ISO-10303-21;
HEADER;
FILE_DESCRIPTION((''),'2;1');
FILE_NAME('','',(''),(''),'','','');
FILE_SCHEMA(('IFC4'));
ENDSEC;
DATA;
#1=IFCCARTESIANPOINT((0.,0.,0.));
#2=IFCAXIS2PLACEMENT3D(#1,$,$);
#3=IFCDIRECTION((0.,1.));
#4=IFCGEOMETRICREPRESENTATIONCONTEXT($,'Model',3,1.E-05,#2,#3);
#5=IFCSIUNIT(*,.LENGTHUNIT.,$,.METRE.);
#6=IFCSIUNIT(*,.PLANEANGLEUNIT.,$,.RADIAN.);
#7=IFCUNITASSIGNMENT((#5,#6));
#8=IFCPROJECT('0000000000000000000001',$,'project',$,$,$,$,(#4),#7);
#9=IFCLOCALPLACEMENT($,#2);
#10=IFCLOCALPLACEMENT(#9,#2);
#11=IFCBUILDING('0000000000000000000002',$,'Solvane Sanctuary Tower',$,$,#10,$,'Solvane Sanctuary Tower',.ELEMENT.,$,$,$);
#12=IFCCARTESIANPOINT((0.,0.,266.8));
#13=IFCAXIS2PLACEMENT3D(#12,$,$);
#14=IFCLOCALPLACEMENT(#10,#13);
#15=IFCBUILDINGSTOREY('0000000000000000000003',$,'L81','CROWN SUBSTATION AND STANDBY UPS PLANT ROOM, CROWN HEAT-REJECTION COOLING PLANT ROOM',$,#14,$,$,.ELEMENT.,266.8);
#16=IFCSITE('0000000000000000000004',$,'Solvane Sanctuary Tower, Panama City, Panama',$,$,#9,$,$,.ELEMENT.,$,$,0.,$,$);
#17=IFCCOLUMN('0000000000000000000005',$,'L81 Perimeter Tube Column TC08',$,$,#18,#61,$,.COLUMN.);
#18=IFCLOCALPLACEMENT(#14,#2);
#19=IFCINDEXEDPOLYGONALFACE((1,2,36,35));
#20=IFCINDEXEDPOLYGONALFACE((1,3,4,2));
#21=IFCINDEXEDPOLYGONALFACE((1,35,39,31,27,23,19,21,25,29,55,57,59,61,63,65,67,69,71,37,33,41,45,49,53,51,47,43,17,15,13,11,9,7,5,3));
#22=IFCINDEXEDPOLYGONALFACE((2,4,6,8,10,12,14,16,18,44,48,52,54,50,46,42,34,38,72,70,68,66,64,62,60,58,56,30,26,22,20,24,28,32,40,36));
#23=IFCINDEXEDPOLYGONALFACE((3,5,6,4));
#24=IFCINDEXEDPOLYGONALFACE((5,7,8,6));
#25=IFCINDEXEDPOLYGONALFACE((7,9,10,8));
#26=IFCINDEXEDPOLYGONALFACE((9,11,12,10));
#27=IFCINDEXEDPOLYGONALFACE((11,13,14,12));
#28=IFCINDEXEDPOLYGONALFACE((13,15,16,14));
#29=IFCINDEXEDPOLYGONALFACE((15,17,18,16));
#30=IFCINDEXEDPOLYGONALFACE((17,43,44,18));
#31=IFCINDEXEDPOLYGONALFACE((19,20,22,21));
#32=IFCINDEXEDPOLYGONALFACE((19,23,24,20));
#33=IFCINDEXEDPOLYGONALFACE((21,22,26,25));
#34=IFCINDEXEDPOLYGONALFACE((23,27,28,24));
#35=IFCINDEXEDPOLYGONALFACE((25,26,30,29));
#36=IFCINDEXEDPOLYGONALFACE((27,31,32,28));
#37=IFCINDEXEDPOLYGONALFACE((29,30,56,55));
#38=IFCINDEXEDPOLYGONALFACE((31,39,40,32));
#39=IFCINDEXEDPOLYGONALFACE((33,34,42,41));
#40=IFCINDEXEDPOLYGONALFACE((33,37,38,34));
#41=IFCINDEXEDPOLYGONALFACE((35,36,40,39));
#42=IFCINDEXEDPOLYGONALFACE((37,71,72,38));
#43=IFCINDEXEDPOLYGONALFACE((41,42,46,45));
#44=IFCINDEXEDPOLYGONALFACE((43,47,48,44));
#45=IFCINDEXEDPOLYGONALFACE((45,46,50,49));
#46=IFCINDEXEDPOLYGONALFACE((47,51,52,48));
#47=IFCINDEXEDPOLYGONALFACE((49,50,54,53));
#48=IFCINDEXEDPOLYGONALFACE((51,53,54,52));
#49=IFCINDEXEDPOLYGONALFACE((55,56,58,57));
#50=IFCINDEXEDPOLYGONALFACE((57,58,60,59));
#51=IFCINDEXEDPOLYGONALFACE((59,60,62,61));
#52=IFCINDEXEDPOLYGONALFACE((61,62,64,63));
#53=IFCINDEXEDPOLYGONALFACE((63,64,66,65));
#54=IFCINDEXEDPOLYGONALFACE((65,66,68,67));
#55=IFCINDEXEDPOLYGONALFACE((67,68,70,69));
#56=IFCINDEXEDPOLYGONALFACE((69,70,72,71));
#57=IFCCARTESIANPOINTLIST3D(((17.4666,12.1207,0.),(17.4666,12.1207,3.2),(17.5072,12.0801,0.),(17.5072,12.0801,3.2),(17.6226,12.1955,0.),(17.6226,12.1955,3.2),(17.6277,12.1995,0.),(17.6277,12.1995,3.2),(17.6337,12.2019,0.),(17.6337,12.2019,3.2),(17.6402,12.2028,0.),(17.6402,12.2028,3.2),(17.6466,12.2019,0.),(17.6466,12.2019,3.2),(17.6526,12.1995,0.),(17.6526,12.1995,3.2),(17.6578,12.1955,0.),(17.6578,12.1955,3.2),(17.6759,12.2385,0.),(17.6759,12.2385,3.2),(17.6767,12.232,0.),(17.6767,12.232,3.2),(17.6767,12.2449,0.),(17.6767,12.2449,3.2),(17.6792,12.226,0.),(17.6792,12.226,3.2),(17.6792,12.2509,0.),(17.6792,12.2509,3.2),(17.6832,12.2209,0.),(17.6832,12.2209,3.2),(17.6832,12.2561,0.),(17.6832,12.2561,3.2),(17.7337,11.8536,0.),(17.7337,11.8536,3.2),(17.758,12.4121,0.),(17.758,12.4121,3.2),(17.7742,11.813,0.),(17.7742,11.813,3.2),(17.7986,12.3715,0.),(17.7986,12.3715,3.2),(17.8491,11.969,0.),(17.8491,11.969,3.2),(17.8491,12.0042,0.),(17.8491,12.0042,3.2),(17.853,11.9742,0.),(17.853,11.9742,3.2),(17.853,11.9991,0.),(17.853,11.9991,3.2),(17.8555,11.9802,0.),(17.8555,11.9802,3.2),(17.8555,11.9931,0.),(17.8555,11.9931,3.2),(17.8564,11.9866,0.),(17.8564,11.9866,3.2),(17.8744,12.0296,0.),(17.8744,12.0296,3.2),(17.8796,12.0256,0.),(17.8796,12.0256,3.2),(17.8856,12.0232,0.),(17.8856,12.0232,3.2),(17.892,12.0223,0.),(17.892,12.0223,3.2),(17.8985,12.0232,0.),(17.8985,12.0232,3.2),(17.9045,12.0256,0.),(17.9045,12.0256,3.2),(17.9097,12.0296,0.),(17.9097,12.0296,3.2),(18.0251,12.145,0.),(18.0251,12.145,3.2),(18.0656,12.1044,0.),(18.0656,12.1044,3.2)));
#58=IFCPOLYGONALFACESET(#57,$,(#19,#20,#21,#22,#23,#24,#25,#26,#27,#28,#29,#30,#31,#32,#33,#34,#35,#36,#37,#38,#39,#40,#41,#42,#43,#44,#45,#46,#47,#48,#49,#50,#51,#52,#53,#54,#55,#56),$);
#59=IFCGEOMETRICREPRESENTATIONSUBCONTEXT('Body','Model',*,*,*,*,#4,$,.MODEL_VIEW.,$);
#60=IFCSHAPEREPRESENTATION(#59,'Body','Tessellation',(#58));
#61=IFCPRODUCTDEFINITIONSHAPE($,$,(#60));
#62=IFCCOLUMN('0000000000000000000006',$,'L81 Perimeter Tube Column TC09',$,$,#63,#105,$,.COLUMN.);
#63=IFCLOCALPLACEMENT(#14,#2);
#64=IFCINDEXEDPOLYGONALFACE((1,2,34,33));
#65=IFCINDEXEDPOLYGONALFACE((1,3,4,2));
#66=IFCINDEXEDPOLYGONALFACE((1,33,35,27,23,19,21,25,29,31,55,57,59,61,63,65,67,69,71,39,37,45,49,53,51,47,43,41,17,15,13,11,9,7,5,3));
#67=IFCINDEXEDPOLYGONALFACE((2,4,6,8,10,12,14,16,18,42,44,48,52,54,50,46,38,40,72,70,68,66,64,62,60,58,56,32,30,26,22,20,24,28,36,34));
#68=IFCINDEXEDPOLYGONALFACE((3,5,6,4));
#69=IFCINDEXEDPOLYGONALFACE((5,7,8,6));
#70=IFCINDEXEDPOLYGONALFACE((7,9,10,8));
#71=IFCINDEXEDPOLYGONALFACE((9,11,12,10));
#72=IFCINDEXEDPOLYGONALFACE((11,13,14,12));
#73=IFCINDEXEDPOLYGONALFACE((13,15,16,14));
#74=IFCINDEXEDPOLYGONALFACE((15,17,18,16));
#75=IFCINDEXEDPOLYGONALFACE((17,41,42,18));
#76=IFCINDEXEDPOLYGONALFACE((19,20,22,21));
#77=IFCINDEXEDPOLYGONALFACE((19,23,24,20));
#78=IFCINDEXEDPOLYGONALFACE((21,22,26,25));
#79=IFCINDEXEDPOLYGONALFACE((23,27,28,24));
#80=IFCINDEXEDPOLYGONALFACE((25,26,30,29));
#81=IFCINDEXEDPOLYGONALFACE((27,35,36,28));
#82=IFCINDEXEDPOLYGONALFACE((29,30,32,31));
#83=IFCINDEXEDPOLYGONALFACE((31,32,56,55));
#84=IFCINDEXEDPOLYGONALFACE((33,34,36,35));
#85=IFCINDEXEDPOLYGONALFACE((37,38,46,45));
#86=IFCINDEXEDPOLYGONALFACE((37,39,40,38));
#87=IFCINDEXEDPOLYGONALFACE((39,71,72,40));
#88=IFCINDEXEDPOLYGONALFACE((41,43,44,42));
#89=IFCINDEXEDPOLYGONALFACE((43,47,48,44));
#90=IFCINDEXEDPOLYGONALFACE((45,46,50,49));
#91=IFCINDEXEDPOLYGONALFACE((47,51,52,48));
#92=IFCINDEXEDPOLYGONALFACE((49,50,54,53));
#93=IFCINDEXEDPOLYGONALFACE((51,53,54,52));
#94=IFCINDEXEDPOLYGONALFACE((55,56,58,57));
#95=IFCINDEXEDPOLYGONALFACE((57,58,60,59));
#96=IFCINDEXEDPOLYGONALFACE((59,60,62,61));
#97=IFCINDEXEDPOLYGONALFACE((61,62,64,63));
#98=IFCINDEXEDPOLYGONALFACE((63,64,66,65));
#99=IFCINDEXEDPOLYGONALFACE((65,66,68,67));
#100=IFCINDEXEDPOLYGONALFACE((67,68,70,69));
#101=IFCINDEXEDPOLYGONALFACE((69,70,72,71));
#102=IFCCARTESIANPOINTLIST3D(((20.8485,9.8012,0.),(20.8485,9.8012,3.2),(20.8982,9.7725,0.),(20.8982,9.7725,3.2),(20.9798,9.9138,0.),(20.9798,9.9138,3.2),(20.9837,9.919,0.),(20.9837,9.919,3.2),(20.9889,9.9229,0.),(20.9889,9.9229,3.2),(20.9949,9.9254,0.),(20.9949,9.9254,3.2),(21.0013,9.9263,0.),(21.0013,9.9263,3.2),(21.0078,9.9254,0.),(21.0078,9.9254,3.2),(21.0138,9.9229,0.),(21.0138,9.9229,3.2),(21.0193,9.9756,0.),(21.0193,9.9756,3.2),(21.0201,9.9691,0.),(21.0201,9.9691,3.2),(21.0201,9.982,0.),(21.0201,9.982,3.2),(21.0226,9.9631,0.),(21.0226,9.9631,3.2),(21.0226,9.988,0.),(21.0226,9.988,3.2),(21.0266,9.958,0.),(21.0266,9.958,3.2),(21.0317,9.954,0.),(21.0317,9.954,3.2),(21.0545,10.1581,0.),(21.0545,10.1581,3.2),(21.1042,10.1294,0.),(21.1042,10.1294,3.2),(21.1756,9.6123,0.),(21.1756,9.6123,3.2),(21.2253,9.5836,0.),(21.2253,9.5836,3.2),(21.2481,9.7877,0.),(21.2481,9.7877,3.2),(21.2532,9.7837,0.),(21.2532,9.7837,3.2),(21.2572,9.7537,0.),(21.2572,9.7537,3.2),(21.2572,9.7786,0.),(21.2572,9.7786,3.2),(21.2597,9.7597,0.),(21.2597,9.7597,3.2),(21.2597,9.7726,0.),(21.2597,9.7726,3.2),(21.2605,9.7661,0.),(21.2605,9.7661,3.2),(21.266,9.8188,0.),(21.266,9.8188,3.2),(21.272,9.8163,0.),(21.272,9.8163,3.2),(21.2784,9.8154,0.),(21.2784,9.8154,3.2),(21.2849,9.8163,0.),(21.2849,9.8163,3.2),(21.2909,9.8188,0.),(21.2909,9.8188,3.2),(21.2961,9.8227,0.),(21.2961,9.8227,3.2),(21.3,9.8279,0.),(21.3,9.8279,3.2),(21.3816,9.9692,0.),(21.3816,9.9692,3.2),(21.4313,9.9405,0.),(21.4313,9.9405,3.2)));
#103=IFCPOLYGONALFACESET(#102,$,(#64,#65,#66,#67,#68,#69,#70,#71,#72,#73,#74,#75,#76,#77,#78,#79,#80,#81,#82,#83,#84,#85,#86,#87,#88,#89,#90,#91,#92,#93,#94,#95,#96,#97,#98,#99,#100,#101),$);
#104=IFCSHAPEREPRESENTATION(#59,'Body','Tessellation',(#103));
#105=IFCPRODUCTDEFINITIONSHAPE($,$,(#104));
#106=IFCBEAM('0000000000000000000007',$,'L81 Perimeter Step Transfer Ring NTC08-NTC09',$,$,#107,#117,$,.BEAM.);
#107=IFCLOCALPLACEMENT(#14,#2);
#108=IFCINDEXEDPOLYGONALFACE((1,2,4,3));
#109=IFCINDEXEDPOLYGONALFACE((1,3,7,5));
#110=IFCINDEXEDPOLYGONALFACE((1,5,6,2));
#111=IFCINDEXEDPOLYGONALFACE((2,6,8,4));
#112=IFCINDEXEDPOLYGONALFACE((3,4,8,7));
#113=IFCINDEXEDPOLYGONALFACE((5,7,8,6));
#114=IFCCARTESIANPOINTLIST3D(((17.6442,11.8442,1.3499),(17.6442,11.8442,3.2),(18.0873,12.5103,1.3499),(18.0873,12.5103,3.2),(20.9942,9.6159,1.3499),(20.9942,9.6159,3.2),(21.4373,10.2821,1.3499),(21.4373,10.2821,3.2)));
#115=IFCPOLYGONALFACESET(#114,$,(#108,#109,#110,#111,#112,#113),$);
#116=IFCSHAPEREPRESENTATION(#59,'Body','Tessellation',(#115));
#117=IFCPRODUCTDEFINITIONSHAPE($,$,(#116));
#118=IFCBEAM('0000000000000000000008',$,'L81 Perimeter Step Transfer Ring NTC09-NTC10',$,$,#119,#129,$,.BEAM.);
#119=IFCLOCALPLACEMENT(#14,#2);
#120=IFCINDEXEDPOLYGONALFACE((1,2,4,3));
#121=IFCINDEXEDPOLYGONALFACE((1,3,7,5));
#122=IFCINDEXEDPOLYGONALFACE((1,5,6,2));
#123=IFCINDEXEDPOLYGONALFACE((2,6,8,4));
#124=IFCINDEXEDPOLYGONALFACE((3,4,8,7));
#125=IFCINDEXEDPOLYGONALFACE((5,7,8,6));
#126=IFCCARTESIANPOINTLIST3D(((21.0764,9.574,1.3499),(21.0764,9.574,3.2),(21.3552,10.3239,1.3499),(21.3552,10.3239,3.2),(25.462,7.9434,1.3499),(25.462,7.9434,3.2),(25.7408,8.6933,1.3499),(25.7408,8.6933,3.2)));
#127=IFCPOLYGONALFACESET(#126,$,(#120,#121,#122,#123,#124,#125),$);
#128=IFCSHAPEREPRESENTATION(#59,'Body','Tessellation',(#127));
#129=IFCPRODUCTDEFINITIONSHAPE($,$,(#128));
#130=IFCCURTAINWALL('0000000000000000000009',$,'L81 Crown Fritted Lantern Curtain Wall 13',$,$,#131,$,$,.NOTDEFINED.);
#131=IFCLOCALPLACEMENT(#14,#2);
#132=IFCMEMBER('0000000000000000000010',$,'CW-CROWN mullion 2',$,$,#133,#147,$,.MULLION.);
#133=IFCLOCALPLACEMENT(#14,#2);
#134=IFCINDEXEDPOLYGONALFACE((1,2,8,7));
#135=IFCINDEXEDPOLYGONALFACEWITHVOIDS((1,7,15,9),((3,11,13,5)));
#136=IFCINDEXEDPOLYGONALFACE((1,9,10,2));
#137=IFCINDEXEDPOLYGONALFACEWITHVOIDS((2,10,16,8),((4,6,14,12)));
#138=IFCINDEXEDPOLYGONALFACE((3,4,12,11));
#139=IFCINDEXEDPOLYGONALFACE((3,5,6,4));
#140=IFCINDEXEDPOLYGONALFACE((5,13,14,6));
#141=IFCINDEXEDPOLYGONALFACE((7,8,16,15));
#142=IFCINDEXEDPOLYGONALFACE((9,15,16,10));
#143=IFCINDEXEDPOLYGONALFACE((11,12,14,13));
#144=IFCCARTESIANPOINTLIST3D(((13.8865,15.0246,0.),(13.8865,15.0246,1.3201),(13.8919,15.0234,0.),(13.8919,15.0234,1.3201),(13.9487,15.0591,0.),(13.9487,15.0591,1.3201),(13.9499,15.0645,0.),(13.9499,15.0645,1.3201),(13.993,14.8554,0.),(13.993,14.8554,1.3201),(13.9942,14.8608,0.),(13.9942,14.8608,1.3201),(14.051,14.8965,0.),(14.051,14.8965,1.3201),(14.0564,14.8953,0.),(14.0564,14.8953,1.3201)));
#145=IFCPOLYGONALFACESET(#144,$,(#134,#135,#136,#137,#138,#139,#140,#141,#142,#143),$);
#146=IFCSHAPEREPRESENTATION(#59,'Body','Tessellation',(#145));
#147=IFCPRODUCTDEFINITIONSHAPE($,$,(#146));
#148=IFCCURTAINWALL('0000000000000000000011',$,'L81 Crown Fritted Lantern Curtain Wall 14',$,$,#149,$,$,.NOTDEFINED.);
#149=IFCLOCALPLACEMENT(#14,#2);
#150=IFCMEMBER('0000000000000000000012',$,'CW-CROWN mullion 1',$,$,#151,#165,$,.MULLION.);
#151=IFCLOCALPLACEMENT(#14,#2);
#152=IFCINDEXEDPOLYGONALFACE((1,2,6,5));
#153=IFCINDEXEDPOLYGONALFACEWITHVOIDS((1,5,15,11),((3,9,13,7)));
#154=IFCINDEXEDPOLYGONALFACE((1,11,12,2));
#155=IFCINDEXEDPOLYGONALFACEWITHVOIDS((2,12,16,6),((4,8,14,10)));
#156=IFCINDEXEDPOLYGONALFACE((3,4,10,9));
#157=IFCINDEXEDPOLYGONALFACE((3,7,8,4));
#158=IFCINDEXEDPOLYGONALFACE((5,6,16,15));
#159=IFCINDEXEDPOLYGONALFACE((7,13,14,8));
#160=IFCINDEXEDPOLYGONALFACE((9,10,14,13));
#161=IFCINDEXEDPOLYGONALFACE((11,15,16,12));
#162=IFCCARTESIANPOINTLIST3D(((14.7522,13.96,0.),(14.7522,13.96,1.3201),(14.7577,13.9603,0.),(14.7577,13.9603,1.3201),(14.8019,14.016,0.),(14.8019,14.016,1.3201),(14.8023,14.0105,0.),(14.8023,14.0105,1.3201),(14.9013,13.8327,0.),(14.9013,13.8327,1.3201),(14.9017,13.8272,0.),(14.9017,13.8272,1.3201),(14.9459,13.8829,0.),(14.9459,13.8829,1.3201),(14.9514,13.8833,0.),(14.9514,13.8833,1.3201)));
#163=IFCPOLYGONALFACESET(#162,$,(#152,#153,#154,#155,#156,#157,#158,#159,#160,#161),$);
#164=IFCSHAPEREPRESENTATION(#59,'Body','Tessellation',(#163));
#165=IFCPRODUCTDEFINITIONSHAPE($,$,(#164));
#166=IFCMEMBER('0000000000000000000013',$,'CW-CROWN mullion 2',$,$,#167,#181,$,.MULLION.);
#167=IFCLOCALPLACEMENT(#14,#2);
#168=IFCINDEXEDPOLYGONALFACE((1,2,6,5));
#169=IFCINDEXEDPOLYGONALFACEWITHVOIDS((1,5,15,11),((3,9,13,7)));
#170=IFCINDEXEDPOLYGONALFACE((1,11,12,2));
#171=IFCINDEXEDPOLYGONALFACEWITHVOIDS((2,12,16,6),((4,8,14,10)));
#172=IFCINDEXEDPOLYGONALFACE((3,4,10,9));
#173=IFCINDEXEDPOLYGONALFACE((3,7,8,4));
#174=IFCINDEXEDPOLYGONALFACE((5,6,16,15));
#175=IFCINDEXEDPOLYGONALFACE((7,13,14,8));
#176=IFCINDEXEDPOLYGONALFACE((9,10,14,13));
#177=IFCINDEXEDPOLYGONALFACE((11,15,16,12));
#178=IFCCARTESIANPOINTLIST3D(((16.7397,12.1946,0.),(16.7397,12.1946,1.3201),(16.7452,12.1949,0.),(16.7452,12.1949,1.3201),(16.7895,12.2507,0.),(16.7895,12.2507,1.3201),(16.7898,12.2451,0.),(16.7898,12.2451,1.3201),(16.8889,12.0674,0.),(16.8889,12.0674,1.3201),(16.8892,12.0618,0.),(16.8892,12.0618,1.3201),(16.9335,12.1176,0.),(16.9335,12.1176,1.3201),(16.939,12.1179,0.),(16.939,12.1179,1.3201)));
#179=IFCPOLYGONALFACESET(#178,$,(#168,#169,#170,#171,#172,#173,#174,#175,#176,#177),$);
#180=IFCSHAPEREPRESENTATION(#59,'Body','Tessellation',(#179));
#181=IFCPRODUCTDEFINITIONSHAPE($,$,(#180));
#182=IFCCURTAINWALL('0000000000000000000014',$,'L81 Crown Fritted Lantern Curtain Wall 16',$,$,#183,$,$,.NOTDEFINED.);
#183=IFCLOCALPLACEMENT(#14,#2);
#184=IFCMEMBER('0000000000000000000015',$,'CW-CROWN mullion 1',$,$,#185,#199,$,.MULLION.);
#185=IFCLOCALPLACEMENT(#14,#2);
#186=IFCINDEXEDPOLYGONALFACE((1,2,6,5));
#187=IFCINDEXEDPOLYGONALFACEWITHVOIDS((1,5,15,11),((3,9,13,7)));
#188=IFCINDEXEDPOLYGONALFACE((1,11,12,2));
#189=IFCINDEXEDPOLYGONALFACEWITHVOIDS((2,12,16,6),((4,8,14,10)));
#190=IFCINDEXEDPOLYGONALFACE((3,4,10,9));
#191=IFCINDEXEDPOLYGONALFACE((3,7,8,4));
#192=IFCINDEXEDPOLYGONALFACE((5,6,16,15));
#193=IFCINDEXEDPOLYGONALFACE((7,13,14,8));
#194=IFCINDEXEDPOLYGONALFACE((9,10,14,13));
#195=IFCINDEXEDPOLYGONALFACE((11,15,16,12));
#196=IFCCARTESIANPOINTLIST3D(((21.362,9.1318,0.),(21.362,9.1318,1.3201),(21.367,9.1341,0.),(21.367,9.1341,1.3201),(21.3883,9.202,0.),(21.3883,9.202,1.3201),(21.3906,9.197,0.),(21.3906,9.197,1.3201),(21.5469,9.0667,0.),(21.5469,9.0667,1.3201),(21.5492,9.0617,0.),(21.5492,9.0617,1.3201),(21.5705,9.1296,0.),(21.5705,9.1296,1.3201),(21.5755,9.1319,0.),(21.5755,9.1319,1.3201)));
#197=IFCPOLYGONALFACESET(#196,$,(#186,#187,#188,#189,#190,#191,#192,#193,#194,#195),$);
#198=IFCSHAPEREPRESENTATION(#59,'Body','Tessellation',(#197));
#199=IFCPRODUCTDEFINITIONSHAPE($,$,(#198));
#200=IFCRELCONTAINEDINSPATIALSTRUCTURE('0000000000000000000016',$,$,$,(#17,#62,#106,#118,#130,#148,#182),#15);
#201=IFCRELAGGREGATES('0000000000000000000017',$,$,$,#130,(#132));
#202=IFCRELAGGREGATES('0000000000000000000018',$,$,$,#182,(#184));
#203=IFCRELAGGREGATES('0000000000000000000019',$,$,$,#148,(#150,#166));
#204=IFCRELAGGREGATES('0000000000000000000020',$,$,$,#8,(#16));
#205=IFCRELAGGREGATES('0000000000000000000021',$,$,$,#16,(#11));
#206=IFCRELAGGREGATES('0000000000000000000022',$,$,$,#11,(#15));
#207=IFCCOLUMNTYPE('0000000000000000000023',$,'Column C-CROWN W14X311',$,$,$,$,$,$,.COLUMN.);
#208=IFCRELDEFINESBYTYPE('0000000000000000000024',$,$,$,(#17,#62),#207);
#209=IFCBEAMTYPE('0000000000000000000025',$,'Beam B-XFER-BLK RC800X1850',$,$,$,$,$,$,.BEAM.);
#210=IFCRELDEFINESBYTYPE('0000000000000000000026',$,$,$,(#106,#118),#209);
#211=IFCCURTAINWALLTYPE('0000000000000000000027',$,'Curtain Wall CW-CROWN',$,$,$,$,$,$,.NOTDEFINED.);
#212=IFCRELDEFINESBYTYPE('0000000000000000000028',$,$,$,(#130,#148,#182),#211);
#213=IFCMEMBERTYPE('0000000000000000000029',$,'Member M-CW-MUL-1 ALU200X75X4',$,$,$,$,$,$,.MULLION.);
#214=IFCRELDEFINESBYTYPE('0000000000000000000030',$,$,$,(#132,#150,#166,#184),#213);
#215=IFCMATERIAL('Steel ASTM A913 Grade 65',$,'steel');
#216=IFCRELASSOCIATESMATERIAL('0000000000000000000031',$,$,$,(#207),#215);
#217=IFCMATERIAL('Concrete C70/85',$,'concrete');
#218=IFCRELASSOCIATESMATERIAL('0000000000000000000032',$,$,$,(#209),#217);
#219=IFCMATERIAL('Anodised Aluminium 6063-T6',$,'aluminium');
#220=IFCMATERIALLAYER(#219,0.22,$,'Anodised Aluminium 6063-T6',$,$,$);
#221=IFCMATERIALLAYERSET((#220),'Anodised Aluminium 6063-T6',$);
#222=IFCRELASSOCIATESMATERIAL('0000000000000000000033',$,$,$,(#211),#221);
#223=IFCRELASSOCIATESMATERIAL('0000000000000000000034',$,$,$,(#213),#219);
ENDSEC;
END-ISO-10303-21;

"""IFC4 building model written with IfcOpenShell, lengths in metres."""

from ifc_helpers import new_model, si_unit, direction, frame, origin, origin_2d, place, context, subcontext, project, spatial, rectangle, hollow_rectangle, i_section, extrude, material, layer, layer_set, material_profile, profile_set, type_object, element, aggregate, save


model = new_model("IFC4")

# Units and contexts
model_context = context("Model", 3, precision=1e-05, world=origin(), true_north=direction((0.0, 1.0)))
body_context = subcontext(model_context, "Body", "Model", "MODEL_VIEW")
ifc_project = project(units=[si_unit("LENGTHUNIT", "METRE"), si_unit("PLANEANGLEUNIT", "RADIAN")], contexts=[model_context])

# Site, building, storey
site_placement = place(None, origin())
site = spatial("IfcSite", under=ifc_project, at=site_placement, Name="Solvane Sanctuary Tower, Panama City, Panama", CompositionType="ELEMENT", RefElevation=0.0)
building_placement = place(site_placement, origin())
building = spatial("IfcBuilding", under=site, at=building_placement, Name="Solvane Sanctuary Tower", LongName="Solvane Sanctuary Tower", CompositionType="ELEMENT")
storey_placement = place(building_placement, frame((0.0, 0.0, 266.8)))
storey = spatial("IfcBuildingStorey", under=building, at=storey_placement, Name="L81", Description="CROWN SUBSTATION AND STANDBY UPS PLANT ROOM, CROWN HEAT-REJECTION COOLING PLANT ROOM", CompositionType="ELEMENT", Elevation=266.8)

# Columns
ifc_material_1 = material(Name="Steel ASTM A913 Grade 65", Category="steel")
ifc_material_profile_1 = material_profile(ifc_material_1, i_section(OverallWidth=0.4121, OverallDepth=0.4351, WebThickness=0.0359, FlangeThickness=0.0574, FilletRadius=0.0249, at=origin_2d()), Name="W14X311")
ifc_profile_set_1 = profile_set([ifc_material_profile_1], Name="Steel ASTM A913 Grade 65")
column_type = type_object("IfcColumnType", Name="Column C-CROWN W14X311", PredefinedType="COLUMN", material=ifc_profile_set_1)
for number, where, z_axis, x_axis, name in (
    (1, (17.7661, 12.1125, 0.0), (0.0, 0.0, 1.0), (-0.707107, -0.707107, 0.0), "L81 Perimeter Tube Column TC08"),
    (2, (21.1399, 9.8708, 0.0), (0.0, 0.0, 1.0), (-0.5, -0.866025, 0.0), "L81 Perimeter Tube Column TC09"),
):
    element("IfcColumn", number, at=place(storey_placement, frame(where, z_axis=z_axis, x_axis=x_axis)), inside=storey, type_object=column_type, Name=name, PredefinedType="COLUMN", context=body_context, shape_type="SweptSolid", body=[
        extrude(i_section(OverallWidth=0.4121, OverallDepth=0.4351, WebThickness=0.0359, FlangeThickness=0.0574, FilletRadius=0.0249, at=origin_2d()), origin(), (0.0, 0.0, 1.0), 3.2),
    ])

# Beams
ifc_material_2 = material(Name="Concrete C70/85", Category="concrete")
ifc_material_profile_2 = material_profile(ifc_material_2, rectangle(XDim=0.8, YDim=1.8501, at=origin_2d()), Name="RC800X1850")
ifc_profile_set_2 = profile_set([ifc_material_profile_2], Name="Concrete C70/85")
beam_type = type_object("IfcBeamType", Name="Beam B-XFER-BLK RC800X1850", PredefinedType="BEAM", material=ifc_profile_set_2)
beam_1_placement = place(storey_placement, frame((17.8657, 12.1772, 2.2749), z_axis=(0.832638, -0.553818, 0.0), x_axis=(0.553818, 0.832638, 0.0)))
element("IfcBeam", 3, at=beam_1_placement, inside=storey, type_object=beam_type, Name="L81 Perimeter Step Transfer Ring NTC08-NTC09", PredefinedType="BEAM", context=body_context, shape_type="SweptSolid", body=[
    extrude(rectangle(XDim=0.8, YDim=1.8501, at=origin_2d()), origin(), (0.0, 0.0, 1.0), 4.0234),
])
beam_2_placement = place(storey_placement, frame((21.2158, 9.949, 2.2749), z_axis=(0.937306, -0.348509, 0.0), x_axis=(0.348509, 0.937306, 0.0)))
element("IfcBeam", 4, at=beam_2_placement, inside=storey, type_object=beam_type, Name="L81 Perimeter Step Transfer Ring NTC09-NTC10", PredefinedType="BEAM", context=body_context, shape_type="SweptSolid", body=[
    extrude(rectangle(XDim=0.8, YDim=1.8501, at=origin_2d()), origin(), (0.0, 0.0, 1.0), 4.679),
])

# Curtain wall, member
ifc_material_3 = material(Name="Anodised Aluminium 6063-T6", Category="aluminium")
ifc_layer_1 = layer(ifc_material_3, 0.22, Name="Anodised Aluminium 6063-T6")
ifc_layer_set_1 = layer_set([ifc_layer_1], Name="Anodised Aluminium 6063-T6")
curtain_wall_type = type_object("IfcCurtainWallType", Name="Curtain Wall CW-CROWN", PredefinedType="NOTDEFINED", material=ifc_layer_set_1)
curtain_wall_1_placement = place(storey_placement, origin())
curtain_wall_1 = element("IfcCurtainWall", 5, at=curtain_wall_1_placement, inside=storey, type_object=curtain_wall_type, Name="L81 Crown Fritted Lantern Curtain Wall 13", PredefinedType="NOTDEFINED")
ifc_material_profile_3 = material_profile(ifc_material_3, hollow_rectangle(XDim=0.075, YDim=0.2, WallThickness=0.0039, at=origin_2d()), Name="ALU200X75X4")
ifc_profile_set_3 = profile_set([ifc_material_profile_3], Name="Anodised Aluminium 6063-T6")
member_type_1 = type_object("IfcMemberType", Name="Member M-CW-MUL-1 ALU200X75X4", PredefinedType="MULLION", material=ifc_profile_set_3)
member_1_placement = place(storey_placement, frame((13.9714, 14.96, 0.0), z_axis=(0.0, 0.0, 1.0), x_axis=(0.846332, 0.532656, 0.0)))
member_1 = element("IfcMember", 6, at=member_1_placement, type_object=member_type_1, Name="CW-CROWN mullion 2", PredefinedType="MULLION", context=body_context, shape_type="SweptSolid", body=[
    extrude(hollow_rectangle(XDim=0.075, YDim=0.2, WallThickness=0.0039, at=origin_2d()), origin(), (0.0, 0.0, 1.0), 1.3201),
])
aggregate(curtain_wall_1, [member_1])

# Curtain wall, members
curtain_wall_2_placement = place(storey_placement, origin())
curtain_wall_2 = element("IfcCurtainWall", 7, at=curtain_wall_2_placement, inside=storey, type_object=curtain_wall_type, Name="L81 Crown Fritted Lantern Curtain Wall 14", PredefinedType="NOTDEFINED")
member_2_placement = place(storey_placement, frame((14.8518, 13.9216, 0.0), z_axis=(0.0, 0.0, 1.0), x_axis=(0.664071, 0.74767, 0.0)))
member_2 = element("IfcMember", 8, at=member_2_placement, type_object=member_type_1, Name="CW-CROWN mullion 1", PredefinedType="MULLION", context=body_context, shape_type="SweptSolid", body=[
    extrude(hollow_rectangle(XDim=0.075, YDim=0.2, WallThickness=0.0039, at=origin_2d()), origin(), (0.0, 0.0, 1.0), 1.3201),
])
member_3_placement = place(storey_placement, frame((16.8394, 12.1562, 0.0), z_axis=(0.0, 0.0, 1.0), x_axis=(0.664071, 0.74767, 0.0)))
member_3 = element("IfcMember", 9, at=member_3_placement, type_object=member_type_1, Name="CW-CROWN mullion 2", PredefinedType="MULLION", context=body_context, shape_type="SweptSolid", body=[
    extrude(hollow_rectangle(XDim=0.075, YDim=0.2, WallThickness=0.0039, at=origin_2d()), origin(), (0.0, 0.0, 1.0), 1.3201),
])

# Curtain wall, member
curtain_wall_3_placement = place(storey_placement, origin())
curtain_wall_3 = element("IfcCurtainWall", 10, at=curtain_wall_3_placement, inside=storey, type_object=curtain_wall_type, Name="L81 Crown Fritted Lantern Curtain Wall 16", PredefinedType="NOTDEFINED")
member_4_placement = place(storey_placement, frame((21.4688, 9.1318, 0.0), z_axis=(0.0, 0.0, 1.0), x_axis=(0.350837, 0.936437, 0.0)))
member_4 = element("IfcMember", 11, at=member_4_placement, type_object=member_type_1, Name="CW-CROWN mullion 1", PredefinedType="MULLION", context=body_context, shape_type="SweptSolid", body=[
    extrude(hollow_rectangle(XDim=0.075, YDim=0.2, WallThickness=0.0039, at=origin_2d()), origin(), (0.0, 0.0, 1.0), 1.3201),
])

aggregate(curtain_wall_3, [member_4])

aggregate(curtain_wall_2, [member_2, member_3])

save(model, "model.ifc")
